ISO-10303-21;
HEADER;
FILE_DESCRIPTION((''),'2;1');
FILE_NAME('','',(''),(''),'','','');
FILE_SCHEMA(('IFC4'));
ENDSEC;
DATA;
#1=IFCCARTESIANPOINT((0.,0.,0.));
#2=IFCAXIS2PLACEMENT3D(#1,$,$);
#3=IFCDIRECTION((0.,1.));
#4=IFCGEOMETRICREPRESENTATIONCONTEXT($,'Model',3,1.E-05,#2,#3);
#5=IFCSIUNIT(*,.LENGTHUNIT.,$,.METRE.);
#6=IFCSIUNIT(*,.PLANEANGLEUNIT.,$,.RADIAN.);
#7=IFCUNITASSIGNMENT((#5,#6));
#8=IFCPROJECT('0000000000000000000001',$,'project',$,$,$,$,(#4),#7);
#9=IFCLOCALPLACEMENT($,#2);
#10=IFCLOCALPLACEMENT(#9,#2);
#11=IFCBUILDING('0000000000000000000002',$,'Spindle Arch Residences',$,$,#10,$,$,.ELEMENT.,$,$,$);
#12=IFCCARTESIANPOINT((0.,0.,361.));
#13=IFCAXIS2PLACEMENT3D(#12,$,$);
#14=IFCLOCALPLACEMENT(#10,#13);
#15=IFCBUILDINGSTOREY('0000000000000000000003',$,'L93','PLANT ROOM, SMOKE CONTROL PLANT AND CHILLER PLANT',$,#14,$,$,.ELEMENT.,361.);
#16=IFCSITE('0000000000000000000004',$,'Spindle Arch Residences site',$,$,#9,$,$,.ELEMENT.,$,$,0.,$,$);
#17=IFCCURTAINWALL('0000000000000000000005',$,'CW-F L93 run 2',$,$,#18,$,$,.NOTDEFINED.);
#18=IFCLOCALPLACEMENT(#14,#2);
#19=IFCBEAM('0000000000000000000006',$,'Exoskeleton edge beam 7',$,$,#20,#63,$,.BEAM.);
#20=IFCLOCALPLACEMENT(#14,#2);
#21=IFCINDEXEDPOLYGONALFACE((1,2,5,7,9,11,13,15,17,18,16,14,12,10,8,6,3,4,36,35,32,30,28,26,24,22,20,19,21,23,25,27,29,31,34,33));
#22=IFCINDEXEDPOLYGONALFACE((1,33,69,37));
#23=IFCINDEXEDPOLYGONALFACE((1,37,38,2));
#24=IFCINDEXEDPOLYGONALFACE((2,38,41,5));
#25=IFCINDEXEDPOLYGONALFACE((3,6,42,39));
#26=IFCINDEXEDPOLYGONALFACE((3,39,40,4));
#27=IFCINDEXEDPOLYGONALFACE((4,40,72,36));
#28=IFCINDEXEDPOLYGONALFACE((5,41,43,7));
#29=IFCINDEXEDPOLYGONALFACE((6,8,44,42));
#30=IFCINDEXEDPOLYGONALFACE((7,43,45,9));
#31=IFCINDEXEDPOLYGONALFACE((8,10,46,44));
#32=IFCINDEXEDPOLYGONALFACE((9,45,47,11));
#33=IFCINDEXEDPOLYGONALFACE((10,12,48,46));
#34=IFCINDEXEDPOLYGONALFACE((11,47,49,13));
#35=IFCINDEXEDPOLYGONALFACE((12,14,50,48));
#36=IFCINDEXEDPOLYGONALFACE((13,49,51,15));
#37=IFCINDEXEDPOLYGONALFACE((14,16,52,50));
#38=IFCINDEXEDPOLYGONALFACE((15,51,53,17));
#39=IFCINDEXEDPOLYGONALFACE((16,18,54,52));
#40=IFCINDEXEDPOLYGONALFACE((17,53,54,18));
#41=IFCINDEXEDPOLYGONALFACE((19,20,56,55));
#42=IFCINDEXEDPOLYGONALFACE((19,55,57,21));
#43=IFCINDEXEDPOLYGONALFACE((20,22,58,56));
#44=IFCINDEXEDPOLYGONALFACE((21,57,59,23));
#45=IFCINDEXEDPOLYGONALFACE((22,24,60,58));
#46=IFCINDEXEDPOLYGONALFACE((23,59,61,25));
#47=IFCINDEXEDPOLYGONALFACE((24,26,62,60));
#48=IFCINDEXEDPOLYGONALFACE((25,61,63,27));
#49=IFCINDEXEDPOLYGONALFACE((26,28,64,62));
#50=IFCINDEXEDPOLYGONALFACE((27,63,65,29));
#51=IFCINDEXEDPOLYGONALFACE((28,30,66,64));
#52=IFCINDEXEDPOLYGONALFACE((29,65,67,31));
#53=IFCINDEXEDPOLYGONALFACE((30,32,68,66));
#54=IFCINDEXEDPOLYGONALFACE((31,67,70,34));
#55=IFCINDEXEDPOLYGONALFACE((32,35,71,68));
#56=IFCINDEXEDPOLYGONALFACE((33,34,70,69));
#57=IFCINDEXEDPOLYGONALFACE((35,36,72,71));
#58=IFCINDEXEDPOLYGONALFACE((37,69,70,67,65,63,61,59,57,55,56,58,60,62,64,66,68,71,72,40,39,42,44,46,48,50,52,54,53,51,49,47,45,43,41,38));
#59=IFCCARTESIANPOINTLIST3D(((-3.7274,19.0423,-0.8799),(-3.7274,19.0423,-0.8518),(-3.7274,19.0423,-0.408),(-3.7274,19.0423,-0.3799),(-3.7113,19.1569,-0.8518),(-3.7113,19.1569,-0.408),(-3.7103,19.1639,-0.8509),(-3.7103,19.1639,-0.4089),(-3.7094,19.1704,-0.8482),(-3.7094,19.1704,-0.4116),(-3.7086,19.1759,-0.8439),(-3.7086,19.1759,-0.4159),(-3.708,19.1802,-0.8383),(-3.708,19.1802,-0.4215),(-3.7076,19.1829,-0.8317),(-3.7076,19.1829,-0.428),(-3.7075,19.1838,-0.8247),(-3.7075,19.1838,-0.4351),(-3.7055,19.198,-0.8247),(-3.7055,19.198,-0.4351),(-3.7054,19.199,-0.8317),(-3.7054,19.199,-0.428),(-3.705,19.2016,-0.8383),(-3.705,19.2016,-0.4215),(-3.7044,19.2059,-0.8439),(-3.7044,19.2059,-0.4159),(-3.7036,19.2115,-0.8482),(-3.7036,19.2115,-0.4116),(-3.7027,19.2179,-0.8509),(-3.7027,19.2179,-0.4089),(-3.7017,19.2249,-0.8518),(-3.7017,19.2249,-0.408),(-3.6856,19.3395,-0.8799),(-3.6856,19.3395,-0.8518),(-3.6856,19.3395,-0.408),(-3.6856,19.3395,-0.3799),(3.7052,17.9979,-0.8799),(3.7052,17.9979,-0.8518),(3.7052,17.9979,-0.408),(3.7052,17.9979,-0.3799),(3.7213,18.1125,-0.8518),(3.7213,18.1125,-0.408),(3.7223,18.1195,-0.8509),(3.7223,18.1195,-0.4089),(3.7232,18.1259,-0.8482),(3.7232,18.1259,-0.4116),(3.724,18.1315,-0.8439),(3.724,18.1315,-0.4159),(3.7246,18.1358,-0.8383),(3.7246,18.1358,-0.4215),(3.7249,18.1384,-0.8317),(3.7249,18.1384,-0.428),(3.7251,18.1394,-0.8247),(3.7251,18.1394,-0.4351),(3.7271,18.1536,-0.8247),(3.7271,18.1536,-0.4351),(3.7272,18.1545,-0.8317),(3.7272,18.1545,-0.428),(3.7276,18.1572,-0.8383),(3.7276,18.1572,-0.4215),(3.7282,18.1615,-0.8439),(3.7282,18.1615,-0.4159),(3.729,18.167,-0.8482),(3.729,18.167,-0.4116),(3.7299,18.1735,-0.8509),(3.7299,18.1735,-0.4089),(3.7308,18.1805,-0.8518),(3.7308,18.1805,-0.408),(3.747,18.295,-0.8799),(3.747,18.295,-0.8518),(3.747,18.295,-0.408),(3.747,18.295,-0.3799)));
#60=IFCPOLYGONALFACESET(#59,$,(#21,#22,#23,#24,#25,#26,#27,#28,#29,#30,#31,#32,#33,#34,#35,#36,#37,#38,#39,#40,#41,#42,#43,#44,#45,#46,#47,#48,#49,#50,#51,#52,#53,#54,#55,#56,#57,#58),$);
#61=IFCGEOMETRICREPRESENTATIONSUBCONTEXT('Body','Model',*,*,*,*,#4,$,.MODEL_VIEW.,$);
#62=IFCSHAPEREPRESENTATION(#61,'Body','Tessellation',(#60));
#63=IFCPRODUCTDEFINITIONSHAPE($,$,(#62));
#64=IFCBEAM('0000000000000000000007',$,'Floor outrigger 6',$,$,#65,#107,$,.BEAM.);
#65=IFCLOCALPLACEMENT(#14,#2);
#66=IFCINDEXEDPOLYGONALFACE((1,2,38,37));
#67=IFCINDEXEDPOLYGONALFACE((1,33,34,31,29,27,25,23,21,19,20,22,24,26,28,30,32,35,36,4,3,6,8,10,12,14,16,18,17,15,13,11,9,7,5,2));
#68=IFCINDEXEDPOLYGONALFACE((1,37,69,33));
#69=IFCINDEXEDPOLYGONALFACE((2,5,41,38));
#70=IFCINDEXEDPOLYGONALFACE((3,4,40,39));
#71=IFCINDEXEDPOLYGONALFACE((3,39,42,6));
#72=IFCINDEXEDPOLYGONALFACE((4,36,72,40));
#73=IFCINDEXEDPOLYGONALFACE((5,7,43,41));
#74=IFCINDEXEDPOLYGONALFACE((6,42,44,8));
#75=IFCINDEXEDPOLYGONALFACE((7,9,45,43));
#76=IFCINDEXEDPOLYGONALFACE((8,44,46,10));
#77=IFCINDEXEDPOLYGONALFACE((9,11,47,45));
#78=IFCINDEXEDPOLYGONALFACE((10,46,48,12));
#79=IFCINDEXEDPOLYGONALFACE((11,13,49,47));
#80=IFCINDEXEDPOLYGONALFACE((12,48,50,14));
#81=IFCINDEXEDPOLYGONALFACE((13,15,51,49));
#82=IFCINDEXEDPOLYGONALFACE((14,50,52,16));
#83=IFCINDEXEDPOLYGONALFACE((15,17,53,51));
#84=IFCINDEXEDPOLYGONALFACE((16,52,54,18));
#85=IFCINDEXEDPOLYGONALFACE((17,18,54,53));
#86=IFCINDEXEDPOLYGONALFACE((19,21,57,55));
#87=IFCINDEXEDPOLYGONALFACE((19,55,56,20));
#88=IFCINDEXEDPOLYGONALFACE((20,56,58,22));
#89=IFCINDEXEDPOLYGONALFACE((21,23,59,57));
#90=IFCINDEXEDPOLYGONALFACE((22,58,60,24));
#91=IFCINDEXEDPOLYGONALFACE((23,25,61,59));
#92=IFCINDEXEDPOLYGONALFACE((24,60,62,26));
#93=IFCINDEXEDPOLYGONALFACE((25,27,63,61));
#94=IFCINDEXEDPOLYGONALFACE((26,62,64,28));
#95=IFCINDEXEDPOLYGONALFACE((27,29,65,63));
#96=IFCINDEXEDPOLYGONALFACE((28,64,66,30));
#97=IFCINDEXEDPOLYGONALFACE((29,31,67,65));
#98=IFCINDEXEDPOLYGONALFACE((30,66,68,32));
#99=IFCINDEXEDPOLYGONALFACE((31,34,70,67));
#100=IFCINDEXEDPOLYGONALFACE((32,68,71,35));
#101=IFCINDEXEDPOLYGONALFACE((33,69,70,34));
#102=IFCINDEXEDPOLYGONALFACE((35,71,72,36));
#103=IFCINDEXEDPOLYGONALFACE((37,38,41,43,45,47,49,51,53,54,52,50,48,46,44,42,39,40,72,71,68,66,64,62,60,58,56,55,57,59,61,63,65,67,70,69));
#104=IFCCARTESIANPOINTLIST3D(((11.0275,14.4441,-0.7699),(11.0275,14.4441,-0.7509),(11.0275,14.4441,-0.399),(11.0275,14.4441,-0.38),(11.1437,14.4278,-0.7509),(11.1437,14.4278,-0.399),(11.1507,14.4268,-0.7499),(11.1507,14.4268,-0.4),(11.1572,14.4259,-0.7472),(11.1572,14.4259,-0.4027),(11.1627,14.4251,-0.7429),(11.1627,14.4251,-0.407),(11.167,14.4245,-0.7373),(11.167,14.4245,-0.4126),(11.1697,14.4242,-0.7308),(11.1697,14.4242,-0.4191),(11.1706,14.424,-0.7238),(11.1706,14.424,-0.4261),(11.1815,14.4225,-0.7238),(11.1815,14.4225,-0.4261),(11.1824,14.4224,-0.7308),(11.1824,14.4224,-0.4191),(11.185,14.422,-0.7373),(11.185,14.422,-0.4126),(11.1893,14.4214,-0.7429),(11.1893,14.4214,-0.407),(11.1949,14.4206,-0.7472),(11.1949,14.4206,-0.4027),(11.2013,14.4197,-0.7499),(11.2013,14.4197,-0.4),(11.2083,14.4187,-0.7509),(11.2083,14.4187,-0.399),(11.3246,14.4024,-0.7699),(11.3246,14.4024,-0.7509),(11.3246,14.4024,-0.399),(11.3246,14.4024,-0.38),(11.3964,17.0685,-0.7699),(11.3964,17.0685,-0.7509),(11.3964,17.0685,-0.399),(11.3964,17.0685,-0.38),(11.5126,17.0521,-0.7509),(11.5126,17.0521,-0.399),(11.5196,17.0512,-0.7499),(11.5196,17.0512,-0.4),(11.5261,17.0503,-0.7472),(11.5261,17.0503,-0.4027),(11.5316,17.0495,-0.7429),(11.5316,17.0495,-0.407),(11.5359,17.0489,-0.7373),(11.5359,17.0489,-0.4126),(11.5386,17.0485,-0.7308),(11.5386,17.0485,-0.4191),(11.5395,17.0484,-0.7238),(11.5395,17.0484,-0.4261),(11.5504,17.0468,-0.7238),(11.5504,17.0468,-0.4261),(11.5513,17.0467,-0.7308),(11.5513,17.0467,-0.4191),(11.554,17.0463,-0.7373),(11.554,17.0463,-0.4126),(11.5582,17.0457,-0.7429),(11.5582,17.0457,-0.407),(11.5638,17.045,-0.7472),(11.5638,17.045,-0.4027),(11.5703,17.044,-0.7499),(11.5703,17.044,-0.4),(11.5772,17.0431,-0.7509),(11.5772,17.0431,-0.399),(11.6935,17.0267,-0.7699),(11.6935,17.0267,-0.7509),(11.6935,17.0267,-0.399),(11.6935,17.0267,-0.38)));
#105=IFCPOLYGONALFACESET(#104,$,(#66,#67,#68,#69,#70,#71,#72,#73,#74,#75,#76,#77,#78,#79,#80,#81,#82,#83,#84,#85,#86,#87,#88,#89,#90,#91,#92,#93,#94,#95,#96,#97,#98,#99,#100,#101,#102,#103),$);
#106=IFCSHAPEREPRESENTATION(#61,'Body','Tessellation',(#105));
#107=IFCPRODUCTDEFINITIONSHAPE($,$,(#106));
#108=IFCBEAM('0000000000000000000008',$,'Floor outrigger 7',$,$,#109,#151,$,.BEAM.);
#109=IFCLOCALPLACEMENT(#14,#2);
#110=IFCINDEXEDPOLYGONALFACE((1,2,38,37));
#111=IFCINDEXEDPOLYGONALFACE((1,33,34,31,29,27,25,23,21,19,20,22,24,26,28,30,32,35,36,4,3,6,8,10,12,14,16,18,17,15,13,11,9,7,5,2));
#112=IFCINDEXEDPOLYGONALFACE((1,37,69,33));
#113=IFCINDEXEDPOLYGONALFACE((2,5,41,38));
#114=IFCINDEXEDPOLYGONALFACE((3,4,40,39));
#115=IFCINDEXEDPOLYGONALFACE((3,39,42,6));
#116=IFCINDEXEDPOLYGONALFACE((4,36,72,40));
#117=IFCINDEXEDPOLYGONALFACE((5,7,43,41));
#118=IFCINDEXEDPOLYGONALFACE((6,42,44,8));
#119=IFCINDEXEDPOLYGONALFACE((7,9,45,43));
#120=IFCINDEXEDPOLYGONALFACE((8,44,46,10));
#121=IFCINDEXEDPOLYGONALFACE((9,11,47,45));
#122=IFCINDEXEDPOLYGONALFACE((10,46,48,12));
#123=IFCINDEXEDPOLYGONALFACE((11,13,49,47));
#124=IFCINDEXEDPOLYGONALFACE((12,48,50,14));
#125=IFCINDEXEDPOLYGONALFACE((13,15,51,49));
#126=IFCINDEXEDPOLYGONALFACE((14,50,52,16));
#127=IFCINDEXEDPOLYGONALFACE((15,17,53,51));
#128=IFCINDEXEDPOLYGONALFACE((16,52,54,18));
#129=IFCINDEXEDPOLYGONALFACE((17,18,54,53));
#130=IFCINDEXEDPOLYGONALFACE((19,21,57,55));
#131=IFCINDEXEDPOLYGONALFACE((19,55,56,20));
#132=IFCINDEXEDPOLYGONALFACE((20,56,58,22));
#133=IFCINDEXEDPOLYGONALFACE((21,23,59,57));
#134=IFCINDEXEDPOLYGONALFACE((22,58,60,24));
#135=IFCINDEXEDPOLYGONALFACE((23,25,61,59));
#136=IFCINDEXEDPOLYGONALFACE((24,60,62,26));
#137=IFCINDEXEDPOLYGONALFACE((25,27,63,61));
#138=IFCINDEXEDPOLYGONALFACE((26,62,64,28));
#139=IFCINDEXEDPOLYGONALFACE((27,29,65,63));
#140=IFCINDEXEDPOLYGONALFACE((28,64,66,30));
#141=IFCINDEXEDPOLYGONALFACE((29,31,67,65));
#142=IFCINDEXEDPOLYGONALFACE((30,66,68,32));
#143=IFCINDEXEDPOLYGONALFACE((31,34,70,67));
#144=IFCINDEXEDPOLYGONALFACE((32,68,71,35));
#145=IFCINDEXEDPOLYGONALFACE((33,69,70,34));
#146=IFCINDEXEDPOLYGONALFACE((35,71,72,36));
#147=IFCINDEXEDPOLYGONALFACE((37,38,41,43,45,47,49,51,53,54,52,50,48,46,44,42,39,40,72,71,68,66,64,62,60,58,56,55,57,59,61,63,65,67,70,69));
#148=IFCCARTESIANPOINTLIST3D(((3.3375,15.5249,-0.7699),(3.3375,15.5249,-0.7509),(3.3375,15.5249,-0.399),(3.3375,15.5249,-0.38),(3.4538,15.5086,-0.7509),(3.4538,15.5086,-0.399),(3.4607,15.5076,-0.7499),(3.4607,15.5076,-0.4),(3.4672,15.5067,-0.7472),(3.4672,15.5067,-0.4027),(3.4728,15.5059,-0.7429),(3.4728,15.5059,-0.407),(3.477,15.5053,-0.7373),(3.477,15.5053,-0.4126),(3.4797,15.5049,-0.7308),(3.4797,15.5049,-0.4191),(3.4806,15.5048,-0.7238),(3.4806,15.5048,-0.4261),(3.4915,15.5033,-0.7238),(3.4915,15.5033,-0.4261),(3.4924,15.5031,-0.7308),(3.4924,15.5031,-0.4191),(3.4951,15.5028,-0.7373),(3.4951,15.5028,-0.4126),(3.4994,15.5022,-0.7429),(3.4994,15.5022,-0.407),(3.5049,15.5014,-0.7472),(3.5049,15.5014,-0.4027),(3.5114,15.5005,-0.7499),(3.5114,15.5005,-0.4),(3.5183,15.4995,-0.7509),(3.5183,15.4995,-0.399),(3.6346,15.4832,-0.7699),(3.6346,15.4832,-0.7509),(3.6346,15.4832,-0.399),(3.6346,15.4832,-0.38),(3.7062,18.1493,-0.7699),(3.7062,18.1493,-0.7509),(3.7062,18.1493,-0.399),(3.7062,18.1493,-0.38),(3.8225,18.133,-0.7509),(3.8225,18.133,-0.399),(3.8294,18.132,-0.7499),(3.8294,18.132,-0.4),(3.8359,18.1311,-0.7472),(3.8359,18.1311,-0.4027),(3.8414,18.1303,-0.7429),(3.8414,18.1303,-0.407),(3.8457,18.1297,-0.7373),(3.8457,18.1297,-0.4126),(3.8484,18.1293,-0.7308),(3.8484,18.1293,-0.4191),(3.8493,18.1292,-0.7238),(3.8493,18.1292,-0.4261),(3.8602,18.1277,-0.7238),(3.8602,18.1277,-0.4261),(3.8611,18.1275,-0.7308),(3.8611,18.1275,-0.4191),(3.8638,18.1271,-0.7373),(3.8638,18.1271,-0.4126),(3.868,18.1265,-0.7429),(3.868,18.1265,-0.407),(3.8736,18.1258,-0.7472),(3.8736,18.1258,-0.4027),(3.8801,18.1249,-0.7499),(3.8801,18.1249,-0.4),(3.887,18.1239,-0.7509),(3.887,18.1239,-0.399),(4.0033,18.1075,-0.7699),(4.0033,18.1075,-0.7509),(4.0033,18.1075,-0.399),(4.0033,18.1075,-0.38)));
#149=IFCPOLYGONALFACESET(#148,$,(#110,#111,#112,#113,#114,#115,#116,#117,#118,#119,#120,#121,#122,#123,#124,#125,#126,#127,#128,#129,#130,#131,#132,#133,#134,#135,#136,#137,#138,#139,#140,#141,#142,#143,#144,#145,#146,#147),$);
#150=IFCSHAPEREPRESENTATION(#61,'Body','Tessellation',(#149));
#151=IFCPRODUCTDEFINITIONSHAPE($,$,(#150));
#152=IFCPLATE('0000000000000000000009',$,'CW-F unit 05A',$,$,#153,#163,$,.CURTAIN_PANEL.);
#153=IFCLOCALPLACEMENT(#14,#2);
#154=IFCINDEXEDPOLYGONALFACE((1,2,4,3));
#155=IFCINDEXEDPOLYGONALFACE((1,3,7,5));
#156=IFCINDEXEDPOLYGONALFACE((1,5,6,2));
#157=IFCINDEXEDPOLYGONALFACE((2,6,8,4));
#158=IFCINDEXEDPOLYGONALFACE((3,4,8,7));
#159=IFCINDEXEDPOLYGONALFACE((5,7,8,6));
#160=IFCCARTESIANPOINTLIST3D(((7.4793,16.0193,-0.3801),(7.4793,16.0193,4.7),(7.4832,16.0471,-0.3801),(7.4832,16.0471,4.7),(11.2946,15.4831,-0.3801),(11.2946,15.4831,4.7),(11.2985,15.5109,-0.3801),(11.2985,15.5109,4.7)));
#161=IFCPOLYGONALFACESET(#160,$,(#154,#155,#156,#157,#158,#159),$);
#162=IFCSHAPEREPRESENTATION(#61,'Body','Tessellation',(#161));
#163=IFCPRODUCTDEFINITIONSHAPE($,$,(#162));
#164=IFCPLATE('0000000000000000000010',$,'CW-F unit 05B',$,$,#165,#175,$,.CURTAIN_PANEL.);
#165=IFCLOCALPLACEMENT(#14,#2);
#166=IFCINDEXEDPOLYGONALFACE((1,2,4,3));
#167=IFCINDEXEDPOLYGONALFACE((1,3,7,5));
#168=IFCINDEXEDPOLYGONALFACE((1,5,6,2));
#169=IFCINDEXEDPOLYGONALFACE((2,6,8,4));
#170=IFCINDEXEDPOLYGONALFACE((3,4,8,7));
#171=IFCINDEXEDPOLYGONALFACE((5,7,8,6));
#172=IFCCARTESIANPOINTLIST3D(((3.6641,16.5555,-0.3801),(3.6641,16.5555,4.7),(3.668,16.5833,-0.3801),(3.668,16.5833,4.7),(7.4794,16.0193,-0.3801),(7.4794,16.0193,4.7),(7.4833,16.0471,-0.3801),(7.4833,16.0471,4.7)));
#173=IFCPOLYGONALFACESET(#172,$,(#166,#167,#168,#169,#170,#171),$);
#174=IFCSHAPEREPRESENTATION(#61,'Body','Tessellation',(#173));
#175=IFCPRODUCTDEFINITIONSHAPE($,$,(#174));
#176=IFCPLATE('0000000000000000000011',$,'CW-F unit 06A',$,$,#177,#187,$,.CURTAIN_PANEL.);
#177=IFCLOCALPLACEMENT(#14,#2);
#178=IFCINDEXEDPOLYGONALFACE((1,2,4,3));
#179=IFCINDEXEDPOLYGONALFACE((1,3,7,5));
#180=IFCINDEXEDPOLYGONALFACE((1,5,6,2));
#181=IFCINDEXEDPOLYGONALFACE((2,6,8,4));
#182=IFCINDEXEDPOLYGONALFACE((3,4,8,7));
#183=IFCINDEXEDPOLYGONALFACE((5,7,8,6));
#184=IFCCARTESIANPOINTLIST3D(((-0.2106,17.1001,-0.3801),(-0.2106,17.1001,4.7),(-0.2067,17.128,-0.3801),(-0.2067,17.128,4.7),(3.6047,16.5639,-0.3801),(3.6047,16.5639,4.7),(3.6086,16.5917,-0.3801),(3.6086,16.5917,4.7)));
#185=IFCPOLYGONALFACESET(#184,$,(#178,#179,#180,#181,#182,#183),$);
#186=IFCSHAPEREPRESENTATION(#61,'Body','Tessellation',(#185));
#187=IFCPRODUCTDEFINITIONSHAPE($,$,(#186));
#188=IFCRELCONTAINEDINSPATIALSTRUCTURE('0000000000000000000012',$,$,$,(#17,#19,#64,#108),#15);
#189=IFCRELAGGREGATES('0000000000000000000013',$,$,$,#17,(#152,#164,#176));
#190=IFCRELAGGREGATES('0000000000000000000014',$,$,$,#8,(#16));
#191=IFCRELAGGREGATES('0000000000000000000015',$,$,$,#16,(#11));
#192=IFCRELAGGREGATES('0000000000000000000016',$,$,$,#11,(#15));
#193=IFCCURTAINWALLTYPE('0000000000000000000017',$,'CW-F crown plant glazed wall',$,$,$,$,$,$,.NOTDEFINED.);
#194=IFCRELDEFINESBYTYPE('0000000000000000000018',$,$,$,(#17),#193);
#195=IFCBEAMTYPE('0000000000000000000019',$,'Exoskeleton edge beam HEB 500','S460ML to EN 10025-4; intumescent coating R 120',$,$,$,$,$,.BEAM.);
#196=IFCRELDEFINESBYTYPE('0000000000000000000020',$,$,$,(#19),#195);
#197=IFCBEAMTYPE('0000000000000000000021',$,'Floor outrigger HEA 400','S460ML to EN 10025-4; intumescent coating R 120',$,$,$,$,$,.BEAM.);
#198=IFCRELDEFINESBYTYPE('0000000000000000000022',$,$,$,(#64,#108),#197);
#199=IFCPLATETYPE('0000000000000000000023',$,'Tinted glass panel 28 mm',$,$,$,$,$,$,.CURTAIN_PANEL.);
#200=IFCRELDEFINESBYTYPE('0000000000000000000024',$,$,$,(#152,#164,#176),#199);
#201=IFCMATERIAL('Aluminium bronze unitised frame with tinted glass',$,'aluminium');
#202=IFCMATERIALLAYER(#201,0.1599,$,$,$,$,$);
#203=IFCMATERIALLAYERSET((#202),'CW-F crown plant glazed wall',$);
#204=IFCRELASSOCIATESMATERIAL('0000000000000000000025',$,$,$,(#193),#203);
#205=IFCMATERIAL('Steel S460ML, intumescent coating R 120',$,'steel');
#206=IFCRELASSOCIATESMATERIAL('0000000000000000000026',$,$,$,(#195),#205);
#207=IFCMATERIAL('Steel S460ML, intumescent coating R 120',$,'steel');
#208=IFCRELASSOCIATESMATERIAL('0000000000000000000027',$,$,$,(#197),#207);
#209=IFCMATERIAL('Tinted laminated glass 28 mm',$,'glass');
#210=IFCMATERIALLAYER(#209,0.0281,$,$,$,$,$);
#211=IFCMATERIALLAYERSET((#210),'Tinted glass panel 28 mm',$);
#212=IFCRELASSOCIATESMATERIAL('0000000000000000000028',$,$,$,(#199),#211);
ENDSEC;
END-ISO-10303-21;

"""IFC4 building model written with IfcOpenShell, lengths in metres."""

from ifc_helpers import new_model, si_unit, direction, frame, origin, origin_2d, place, context, subcontext, project, spatial, rectangle, i_section, extrude, material, layer, layer_set, material_profile, profile_set, type_object, element, aggregate, save


model = new_model("IFC4")

# Units and contexts
model_context = context("Model", 3, precision=1e-05, world=origin(), true_north=direction((0.0, 1.0)))
body_context = subcontext(model_context, "Body", "Model", "MODEL_VIEW")
ifc_project = project(units=[si_unit("LENGTHUNIT", "METRE"), si_unit("PLANEANGLEUNIT", "RADIAN")], contexts=[model_context])

# Site, building, storey
site_placement = place(None, origin())
site = spatial("IfcSite", under=ifc_project, at=site_placement, Name="Spindle Arch Residences site", CompositionType="ELEMENT", RefElevation=0.0)
building_placement = place(site_placement, origin())
building = spatial("IfcBuilding", under=site, at=building_placement, Name="Spindle Arch Residences", CompositionType="ELEMENT")
storey_placement = place(building_placement, frame((0.0, 0.0, 361.0)))
storey = spatial("IfcBuildingStorey", under=building, at=storey_placement, Name="L93", Description="PLANT ROOM, SMOKE CONTROL PLANT AND CHILLER PLANT", CompositionType="ELEMENT", Elevation=361.0)

# Curtain wall
ifc_material_1 = material(Name="Aluminium bronze unitised frame with tinted glass", Category="aluminium")
ifc_layer_1 = layer(ifc_material_1, 0.1599)
ifc_layer_set_1 = layer_set([ifc_layer_1], Name="CW-F crown plant glazed wall")
curtain_wall_type = type_object("IfcCurtainWallType", Name="CW-F crown plant glazed wall", PredefinedType="NOTDEFINED", material=ifc_layer_set_1)
curtain_wall_placement = place(storey_placement, origin())
curtain_wall = element("IfcCurtainWall", 1, at=curtain_wall_placement, inside=storey, type_object=curtain_wall_type, Name="CW-F L93 run 2", PredefinedType="NOTDEFINED")

# Beams
ifc_material_2 = material(Name="Steel S460ML, intumescent coating R 120", Category="steel")
ifc_material_profile_1 = material_profile(ifc_material_2, i_section(OverallWidth=0.3, OverallDepth=0.5, WebThickness=0.0144, FlangeThickness=0.0281, FilletRadius=0.0271, at=origin_2d()), Name="HEB 500")
ifc_profile_set_1 = profile_set([ifc_material_profile_1], Name="Steel S460ML, intumescent coating R 120")
beam_type_1 = type_object("IfcBeamType", Name="Exoskeleton edge beam HEB 500", Description="S460ML to EN 10025-4; intumescent coating R 120", PredefinedType="BEAM", material=ifc_profile_set_1)
for number, where, z_axis, x_axis, name in (
    (2, (3.7261, 18.1465, -0.6299), (-0.990271, 0.139153, 0.0), (-0.139153, -0.990271, 0.0), "Exoskeleton edge beam 7"),
):
    element("IfcBeam", number, at=place(storey_placement, frame(where, z_axis=z_axis, x_axis=x_axis)), inside=storey, type_object=beam_type_1, Name=name, PredefinedType="BEAM", context=body_context, shape_type="SweptSolid", body=[
        extrude(i_section(OverallWidth=0.3, OverallDepth=0.5, WebThickness=0.0144, FlangeThickness=0.0281, FilletRadius=0.0271, at=origin_2d()), origin(), (0.0, 0.0, 1.0), 7.5056),
    ])
ifc_material_3 = material(Name="Steel S460ML, intumescent coating R 120", Category="steel")
ifc_material_profile_2 = material_profile(ifc_material_3, i_section(OverallWidth=0.3, OverallDepth=0.3899, WebThickness=0.011, FlangeThickness=0.019, FilletRadius=0.0271, at=origin_2d()), Name="HEA 400")
ifc_profile_set_2 = profile_set([ifc_material_profile_2], Name="Steel S460ML, intumescent coating R 120")
beam_type_2 = type_object("IfcBeamType", Name="Floor outrigger HEA 400", Description="S460ML to EN 10025-4; intumescent coating R 120", PredefinedType="BEAM", material=ifc_profile_set_2)
for number, where, z_axis, x_axis, name in (
    (3, (11.5449, 17.0476, -0.575), (-0.139203, -0.990264, 0.0), (0.990264, -0.139203, 0.0), "Floor outrigger 6"),
    (4, (3.8547, 18.1284, -0.575), (-0.139112, -0.990277, 0.0), (0.990277, -0.139112, 0.0), "Floor outrigger 7"),
):
    element("IfcBeam", number, at=place(storey_placement, frame(where, z_axis=z_axis, x_axis=x_axis)), inside=storey, type_object=beam_type_2, Name=name, PredefinedType="BEAM", context=body_context, shape_type="SweptSolid", body=[
        extrude(i_section(OverallWidth=0.3, OverallDepth=0.3899, WebThickness=0.011, FlangeThickness=0.019, FilletRadius=0.0271, at=origin_2d()), origin(), (0.0, 0.0, 1.0), 2.6501),
    ])

# Plates
ifc_material_4 = material(Name="Tinted laminated glass 28 mm", Category="glass")
ifc_layer_2 = layer(ifc_material_4, 0.0281)
ifc_layer_set_2 = layer_set([ifc_layer_2], Name="Tinted glass panel 28 mm")
plate_type = type_object("IfcPlateType", Name="Tinted glass panel 28 mm", PredefinedType="CURTAIN_PANEL", material=ifc_layer_set_2)
plate_1_placement = place(storey_placement, frame((9.3889, 15.7651, -0.3801), z_axis=(0.0, 0.0, 1.0), x_axis=(-0.990268, 0.139173, 0.0)))
plate_1 = element("IfcPlate", 5, at=plate_1_placement, type_object=plate_type, Name="CW-F unit 05A", PredefinedType="CURTAIN_PANEL", context=body_context, shape_type="SweptSolid", body=[
    extrude(rectangle(XDim=3.8528, YDim=0.0281, at=origin_2d()), origin(), (0.0, 0.0, 1.0), 5.0801),
])
plate_2_placement = place(storey_placement, frame((5.5737, 16.3013, -0.3801), z_axis=(0.0, 0.0, 1.0), x_axis=(-0.990268, 0.139173, 0.0)))
plate_2 = element("IfcPlate", 6, at=plate_2_placement, type_object=plate_type, Name="CW-F unit 05B", PredefinedType="CURTAIN_PANEL", context=body_context, shape_type="SweptSolid", body=[
    extrude(rectangle(XDim=3.8528, YDim=0.0281, at=origin_2d()), origin(), (0.0, 0.0, 1.0), 5.0801),
])
plate_3_placement = place(storey_placement, frame((1.699, 16.8459, -0.3801), z_axis=(0.0, 0.0, 1.0), x_axis=(-0.990268, 0.139173, 0.0)))
plate_3 = element("IfcPlate", 7, at=plate_3_placement, type_object=plate_type, Name="CW-F unit 06A", PredefinedType="CURTAIN_PANEL", context=body_context, shape_type="SweptSolid", body=[
    extrude(rectangle(XDim=3.8528, YDim=0.0281, at=origin_2d()), origin(), (0.0, 0.0, 1.0), 5.0801),
])
aggregate(curtain_wall, [plate_1, plate_2, plate_3])

save(model, "model.ifc")
